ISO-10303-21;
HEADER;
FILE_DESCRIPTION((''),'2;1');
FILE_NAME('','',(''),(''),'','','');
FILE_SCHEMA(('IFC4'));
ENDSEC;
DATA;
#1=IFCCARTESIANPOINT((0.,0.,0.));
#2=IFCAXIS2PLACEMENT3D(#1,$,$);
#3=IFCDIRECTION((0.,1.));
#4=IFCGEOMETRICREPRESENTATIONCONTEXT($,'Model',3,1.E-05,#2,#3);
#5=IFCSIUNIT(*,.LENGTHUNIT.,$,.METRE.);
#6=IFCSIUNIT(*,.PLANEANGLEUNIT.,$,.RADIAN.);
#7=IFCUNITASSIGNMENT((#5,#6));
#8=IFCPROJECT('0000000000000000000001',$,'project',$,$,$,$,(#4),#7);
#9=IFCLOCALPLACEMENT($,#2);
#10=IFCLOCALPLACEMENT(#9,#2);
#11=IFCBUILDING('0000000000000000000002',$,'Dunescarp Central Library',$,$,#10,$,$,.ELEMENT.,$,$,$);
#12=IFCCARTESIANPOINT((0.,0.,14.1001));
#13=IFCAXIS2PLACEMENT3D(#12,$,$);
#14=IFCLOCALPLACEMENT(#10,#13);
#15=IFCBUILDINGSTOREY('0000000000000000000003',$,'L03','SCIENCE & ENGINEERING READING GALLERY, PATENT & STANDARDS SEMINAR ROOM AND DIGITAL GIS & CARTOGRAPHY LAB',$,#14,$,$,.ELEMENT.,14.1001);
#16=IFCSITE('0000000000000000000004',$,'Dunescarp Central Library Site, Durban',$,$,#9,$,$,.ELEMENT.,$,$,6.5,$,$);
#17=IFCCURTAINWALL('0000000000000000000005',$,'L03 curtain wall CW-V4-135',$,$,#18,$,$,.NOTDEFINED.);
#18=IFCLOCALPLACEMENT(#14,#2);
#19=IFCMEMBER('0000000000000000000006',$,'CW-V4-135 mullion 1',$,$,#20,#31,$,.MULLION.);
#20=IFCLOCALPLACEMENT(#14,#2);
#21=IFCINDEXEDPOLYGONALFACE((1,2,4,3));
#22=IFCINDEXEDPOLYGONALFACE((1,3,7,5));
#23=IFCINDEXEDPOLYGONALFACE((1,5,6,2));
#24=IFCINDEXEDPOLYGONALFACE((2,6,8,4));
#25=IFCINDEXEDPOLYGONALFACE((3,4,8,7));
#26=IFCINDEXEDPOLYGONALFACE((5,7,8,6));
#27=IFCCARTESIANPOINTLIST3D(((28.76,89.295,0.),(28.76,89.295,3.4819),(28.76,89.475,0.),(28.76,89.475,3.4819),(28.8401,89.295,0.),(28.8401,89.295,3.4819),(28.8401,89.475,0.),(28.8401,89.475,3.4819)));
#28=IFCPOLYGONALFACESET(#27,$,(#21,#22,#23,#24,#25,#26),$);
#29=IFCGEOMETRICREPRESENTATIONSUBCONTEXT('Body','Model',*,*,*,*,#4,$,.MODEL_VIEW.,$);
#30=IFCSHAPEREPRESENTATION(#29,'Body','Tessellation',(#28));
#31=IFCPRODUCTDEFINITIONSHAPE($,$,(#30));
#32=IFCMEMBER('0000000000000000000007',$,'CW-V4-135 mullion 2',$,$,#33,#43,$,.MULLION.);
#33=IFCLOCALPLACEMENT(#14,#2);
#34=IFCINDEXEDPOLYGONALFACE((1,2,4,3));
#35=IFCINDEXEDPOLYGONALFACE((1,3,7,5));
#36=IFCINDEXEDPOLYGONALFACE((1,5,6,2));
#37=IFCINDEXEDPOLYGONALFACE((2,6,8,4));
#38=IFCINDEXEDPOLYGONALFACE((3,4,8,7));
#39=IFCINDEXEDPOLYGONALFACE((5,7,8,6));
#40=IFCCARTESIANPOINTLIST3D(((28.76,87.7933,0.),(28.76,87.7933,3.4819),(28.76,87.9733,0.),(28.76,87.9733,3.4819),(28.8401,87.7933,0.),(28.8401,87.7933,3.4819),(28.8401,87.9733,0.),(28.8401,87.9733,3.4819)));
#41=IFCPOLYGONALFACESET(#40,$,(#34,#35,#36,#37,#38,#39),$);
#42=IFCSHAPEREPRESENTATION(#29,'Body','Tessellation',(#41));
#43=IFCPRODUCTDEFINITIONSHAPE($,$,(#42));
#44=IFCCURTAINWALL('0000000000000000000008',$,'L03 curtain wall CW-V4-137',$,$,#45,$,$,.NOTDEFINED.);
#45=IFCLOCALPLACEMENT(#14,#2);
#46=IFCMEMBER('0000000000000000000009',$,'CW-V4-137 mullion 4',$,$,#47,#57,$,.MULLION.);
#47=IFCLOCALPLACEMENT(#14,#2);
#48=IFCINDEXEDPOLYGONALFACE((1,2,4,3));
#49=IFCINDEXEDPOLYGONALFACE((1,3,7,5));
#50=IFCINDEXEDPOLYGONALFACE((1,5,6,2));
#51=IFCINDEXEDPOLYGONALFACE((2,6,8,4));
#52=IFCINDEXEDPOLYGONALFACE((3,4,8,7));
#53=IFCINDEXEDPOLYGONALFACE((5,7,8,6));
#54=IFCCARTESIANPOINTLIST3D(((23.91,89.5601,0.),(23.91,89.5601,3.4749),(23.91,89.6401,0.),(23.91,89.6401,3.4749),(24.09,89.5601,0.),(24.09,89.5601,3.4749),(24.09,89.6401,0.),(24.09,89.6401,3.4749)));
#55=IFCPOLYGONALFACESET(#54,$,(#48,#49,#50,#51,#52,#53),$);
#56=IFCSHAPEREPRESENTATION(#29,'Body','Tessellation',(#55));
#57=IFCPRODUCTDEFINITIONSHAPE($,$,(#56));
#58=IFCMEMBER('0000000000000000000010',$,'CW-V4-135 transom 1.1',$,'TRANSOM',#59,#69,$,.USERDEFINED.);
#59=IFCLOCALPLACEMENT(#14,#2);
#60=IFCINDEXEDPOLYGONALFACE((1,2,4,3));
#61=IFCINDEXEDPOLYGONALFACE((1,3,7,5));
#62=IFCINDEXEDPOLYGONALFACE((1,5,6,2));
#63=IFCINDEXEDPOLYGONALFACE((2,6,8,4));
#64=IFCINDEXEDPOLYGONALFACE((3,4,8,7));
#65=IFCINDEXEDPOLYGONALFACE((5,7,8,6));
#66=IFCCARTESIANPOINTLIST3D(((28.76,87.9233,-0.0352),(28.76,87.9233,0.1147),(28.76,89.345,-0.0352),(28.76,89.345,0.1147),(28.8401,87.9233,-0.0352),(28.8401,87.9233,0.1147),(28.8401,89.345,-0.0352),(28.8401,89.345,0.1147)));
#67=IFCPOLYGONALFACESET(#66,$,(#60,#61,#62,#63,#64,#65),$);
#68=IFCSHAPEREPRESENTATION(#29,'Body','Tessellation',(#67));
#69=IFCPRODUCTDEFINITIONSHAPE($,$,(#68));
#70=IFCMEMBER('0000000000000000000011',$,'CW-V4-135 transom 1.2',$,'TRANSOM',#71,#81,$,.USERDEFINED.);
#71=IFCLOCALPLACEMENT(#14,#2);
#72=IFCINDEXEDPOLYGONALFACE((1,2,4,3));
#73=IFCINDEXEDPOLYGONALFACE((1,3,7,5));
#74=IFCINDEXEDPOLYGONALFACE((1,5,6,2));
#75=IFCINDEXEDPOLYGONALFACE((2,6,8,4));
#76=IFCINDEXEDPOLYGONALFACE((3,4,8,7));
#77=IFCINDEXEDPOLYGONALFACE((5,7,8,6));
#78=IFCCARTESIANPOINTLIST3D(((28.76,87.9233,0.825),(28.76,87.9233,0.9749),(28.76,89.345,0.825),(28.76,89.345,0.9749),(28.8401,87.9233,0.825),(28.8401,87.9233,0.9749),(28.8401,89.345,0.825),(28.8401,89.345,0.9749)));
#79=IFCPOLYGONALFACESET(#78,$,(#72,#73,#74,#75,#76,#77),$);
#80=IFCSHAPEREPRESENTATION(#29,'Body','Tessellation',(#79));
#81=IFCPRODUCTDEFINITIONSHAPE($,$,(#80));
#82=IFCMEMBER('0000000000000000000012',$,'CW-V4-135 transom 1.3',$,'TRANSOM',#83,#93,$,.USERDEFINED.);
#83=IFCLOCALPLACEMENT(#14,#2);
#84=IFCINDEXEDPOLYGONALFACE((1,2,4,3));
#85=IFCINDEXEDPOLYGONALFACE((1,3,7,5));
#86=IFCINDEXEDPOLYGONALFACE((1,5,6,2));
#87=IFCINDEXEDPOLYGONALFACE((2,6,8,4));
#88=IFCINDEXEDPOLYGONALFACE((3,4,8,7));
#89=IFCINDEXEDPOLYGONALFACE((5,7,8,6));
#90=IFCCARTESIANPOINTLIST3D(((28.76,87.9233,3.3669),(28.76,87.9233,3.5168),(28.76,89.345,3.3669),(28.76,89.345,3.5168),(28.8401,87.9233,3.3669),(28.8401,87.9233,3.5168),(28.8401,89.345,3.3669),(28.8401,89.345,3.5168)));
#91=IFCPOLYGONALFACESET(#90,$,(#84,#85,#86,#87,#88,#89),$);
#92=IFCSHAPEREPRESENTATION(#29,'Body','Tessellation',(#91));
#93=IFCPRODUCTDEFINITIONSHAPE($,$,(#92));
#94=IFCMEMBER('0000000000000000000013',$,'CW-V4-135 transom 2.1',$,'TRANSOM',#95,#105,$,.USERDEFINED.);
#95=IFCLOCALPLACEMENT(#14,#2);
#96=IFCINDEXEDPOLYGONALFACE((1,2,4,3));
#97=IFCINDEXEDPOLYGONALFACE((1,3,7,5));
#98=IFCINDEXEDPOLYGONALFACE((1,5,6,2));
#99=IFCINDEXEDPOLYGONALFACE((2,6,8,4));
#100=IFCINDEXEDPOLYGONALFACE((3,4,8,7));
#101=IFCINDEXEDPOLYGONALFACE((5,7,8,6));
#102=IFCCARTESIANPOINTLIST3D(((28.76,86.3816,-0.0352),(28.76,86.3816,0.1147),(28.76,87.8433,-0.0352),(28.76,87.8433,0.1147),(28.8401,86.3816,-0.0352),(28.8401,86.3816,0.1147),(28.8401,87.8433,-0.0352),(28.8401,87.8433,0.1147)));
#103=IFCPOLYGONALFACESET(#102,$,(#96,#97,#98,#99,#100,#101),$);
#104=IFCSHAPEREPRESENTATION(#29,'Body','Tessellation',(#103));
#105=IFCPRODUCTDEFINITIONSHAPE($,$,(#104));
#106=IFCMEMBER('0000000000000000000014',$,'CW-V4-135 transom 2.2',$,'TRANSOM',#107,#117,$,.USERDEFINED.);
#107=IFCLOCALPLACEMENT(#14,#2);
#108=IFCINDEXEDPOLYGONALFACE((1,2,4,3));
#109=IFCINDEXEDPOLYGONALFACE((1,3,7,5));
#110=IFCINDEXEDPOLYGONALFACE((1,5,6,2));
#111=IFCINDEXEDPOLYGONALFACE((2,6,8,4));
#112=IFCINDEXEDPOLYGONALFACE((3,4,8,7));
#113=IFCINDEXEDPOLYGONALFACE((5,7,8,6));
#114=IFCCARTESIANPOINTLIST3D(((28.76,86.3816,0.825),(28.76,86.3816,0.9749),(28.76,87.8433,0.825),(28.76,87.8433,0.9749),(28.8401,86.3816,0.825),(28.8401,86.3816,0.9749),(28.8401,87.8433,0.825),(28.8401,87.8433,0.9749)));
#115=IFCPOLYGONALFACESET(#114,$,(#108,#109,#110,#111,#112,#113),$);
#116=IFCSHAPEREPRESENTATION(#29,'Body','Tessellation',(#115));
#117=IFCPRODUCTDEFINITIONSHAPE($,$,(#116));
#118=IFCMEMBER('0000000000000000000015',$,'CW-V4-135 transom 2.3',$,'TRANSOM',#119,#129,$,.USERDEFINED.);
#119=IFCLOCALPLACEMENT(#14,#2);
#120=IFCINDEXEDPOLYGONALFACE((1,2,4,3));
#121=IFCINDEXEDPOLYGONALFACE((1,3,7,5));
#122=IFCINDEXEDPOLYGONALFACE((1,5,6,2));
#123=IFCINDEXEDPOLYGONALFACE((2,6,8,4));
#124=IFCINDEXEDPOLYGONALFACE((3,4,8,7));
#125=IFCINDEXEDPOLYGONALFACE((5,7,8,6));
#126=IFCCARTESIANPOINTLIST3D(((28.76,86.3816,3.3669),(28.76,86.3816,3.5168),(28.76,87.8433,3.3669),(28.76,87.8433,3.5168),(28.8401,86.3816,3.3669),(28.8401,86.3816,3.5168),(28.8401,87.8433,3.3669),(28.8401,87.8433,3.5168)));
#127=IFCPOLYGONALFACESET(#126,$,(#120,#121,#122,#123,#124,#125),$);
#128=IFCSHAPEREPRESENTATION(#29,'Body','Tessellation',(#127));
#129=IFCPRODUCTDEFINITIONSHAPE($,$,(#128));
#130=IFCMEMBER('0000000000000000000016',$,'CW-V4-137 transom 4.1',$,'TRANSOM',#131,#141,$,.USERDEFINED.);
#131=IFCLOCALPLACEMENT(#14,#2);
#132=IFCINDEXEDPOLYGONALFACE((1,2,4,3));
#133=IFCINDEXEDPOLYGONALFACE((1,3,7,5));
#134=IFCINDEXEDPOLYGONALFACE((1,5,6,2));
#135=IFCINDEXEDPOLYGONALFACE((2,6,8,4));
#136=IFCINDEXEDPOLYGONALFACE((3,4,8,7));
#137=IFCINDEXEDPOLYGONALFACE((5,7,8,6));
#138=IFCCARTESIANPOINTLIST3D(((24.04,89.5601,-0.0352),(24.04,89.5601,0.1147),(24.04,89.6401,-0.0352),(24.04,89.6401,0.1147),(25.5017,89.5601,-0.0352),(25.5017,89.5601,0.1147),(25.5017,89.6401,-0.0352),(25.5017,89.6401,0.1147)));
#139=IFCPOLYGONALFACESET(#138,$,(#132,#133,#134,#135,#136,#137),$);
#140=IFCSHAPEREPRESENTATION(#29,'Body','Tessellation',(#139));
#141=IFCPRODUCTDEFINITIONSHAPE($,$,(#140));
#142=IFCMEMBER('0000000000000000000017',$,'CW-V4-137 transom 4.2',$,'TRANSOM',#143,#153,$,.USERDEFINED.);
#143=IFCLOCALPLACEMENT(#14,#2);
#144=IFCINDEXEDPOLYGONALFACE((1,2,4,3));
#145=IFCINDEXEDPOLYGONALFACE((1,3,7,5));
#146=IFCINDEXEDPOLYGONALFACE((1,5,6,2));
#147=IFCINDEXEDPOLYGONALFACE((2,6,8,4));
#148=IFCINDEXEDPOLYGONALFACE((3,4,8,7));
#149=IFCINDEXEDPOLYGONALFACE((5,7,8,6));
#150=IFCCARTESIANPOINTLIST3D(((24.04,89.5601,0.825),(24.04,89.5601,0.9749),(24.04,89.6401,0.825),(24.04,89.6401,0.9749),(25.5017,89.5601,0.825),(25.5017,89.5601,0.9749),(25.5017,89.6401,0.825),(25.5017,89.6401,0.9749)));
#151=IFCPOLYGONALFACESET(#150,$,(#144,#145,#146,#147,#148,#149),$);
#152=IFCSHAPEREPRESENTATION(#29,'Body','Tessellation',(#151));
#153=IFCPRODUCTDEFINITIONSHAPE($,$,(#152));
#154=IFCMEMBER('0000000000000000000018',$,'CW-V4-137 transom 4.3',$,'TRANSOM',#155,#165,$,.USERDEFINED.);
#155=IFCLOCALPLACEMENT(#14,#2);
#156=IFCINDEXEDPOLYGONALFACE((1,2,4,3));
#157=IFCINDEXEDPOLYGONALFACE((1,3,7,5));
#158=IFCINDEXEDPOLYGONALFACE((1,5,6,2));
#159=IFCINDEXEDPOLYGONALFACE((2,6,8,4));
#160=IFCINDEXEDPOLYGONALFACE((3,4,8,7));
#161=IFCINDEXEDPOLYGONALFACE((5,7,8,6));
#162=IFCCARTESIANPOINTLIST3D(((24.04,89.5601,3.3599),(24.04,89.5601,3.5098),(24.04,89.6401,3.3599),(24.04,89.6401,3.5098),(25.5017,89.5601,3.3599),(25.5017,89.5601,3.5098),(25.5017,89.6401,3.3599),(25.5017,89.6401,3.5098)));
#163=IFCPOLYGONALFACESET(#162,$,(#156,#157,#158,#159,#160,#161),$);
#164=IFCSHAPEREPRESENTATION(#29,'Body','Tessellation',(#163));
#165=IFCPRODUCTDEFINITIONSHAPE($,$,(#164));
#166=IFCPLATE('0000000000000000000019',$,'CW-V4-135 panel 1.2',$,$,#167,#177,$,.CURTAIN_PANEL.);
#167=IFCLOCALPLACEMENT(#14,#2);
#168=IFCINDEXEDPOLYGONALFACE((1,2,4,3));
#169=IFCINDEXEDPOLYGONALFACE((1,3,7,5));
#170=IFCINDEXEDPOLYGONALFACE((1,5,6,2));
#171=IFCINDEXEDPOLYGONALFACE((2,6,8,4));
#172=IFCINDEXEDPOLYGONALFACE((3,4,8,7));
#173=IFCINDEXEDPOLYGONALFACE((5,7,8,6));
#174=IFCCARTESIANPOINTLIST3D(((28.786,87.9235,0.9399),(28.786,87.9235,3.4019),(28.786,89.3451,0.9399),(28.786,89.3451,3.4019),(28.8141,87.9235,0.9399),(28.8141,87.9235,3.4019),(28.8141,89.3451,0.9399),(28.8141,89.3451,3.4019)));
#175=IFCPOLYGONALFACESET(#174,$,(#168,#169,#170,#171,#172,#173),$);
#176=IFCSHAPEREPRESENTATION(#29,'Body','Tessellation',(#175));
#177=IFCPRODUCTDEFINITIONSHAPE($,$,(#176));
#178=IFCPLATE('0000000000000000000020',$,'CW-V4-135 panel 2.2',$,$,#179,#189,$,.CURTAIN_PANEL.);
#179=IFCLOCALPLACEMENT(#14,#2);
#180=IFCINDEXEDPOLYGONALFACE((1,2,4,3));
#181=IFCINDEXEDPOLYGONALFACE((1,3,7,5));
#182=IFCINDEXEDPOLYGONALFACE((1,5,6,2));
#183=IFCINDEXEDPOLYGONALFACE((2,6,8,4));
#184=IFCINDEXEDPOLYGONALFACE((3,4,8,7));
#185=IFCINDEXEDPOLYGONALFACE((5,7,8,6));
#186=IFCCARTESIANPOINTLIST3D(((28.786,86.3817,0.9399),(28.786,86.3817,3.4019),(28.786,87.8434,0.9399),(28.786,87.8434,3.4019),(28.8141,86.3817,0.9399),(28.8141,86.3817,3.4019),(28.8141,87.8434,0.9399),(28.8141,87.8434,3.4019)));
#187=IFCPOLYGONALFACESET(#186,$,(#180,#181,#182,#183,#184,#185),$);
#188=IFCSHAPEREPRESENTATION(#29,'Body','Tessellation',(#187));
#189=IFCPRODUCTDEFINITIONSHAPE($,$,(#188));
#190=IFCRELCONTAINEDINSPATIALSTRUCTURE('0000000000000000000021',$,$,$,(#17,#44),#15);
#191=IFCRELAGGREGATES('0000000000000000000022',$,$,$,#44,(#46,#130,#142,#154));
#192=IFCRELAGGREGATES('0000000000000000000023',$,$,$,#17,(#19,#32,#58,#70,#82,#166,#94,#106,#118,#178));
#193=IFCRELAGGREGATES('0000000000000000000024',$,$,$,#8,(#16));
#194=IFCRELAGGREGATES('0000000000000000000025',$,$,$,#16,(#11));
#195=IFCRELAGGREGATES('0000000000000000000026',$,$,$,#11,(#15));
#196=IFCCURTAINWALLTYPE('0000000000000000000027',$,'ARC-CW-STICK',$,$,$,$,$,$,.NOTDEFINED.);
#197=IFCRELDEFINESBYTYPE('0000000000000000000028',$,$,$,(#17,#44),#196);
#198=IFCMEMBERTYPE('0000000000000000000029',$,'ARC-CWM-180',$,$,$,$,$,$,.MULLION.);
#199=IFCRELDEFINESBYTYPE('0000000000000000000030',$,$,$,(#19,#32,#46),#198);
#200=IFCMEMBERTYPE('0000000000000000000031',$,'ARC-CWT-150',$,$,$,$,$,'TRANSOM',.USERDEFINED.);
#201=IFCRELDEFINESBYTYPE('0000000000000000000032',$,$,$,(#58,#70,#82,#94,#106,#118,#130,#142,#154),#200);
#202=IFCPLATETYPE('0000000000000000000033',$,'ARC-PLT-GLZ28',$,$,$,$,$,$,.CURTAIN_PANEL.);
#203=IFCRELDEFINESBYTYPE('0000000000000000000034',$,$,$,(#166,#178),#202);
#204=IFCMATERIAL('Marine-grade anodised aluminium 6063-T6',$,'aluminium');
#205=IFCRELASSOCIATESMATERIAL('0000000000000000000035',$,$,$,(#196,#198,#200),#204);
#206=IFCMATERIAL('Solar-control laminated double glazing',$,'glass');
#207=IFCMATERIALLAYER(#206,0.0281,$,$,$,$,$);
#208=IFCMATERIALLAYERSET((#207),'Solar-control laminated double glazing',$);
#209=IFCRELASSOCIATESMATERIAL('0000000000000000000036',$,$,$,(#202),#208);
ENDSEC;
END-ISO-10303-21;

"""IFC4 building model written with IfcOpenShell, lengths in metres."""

from ifc_helpers import new_model, si_unit, direction, frame, origin, origin_2d, place, context, subcontext, project, spatial, rectangle, extrude, material, layer, layer_set, material_profile, profile_set, type_object, element, aggregate, save


model = new_model("IFC4")

# Units and contexts
model_context = context("Model", 3, precision=1e-05, world=origin(), true_north=direction((0.0, 1.0)))
body_context = subcontext(model_context, "Body", "Model", "MODEL_VIEW")
ifc_project = project(units=[si_unit("LENGTHUNIT", "METRE"), si_unit("PLANEANGLEUNIT", "RADIAN")], contexts=[model_context])

# Site, building, storey
site_placement = place(None, origin())
site = spatial("IfcSite", under=ifc_project, at=site_placement, Name="Dunescarp Central Library Site, Durban", CompositionType="ELEMENT", RefElevation=6.5)
building_placement = place(site_placement, origin())
building = spatial("IfcBuilding", under=site, at=building_placement, Name="Dunescarp Central Library", CompositionType="ELEMENT")
storey_placement = place(building_placement, frame((0.0, 0.0, 14.1001)))
storey = spatial("IfcBuildingStorey", under=building, at=storey_placement, Name="L03", Description="SCIENCE & ENGINEERING READING GALLERY, PATENT & STANDARDS SEMINAR ROOM AND DIGITAL GIS & CARTOGRAPHY LAB", CompositionType="ELEMENT", Elevation=14.1001)

# Curtain wall, members
ifc_material_1 = material(Name="Marine-grade anodised aluminium 6063-T6", Category="aluminium")
curtain_wall_type = type_object("IfcCurtainWallType", Name="ARC-CW-STICK", PredefinedType="NOTDEFINED", material=ifc_material_1)
curtain_wall_1_placement = place(storey_placement, origin())
curtain_wall_1 = element("IfcCurtainWall", 1, at=curtain_wall_1_placement, inside=storey, type_object=curtain_wall_type, Name="L03 curtain wall CW-V4-135", PredefinedType="NOTDEFINED")
ifc_material_profile_1 = material_profile(ifc_material_1, rectangle(XDim=0.0801, YDim=0.1799, at=origin_2d()), Name="AL 80x180")
ifc_profile_set_1 = profile_set([ifc_material_profile_1], Name="Marine-grade anodised aluminium 6063-T6")
member_type_1 = type_object("IfcMemberType", Name="ARC-CWM-180", PredefinedType="MULLION", material=ifc_profile_set_1)
member_1_placement = place(storey_placement, frame((28.8, 89.385, 0.0), z_axis=(0.0, 0.0, 1.0), x_axis=(1.0, 0.0, 0.0)))
member_1 = element("IfcMember", 2, at=member_1_placement, type_object=member_type_1, Name="CW-V4-135 mullion 1", PredefinedType="MULLION", context=body_context, shape_type="SweptSolid", body=[
    extrude(rectangle(XDim=0.0801, YDim=0.1799, at=origin_2d()), origin(), (0.0, 0.0, 1.0), 3.4819),
])
member_2_placement = place(storey_placement, frame((28.8, 87.8833, 0.0), z_axis=(0.0, 0.0, 1.0), x_axis=(1.0, 0.0, 0.0)))
member_2 = element("IfcMember", 3, at=member_2_placement, type_object=member_type_1, Name="CW-V4-135 mullion 2", PredefinedType="MULLION", context=body_context, shape_type="SweptSolid", body=[
    extrude(rectangle(XDim=0.0801, YDim=0.1799, at=origin_2d()), origin(), (0.0, 0.0, 1.0), 3.4819),
])

# Curtain wall, member
curtain_wall_2_placement = place(storey_placement, origin())
curtain_wall_2 = element("IfcCurtainWall", 4, at=curtain_wall_2_placement, inside=storey, type_object=curtain_wall_type, Name="L03 curtain wall CW-V4-137", PredefinedType="NOTDEFINED")
member_3_placement = place(storey_placement, frame((24.0, 89.6001, 0.0), z_axis=(0.0, 0.0, 1.0), x_axis=(0.0, 1.0, 0.0)))
member_3 = element("IfcMember", 5, at=member_3_placement, type_object=member_type_1, Name="CW-V4-137 mullion 4", PredefinedType="MULLION", context=body_context, shape_type="SweptSolid", body=[
    extrude(rectangle(XDim=0.0801, YDim=0.1799, at=origin_2d()), origin(), (0.0, 0.0, 1.0), 3.4749),
])

# Members
ifc_material_profile_2 = material_profile(ifc_material_1, rectangle(XDim=0.0801, YDim=0.1499, at=origin_2d()), Name="AL 80x150")
ifc_profile_set_2 = profile_set([ifc_material_profile_2], Name="Marine-grade anodised aluminium 6063-T6")
member_type_2 = type_object("IfcMemberType", Name="ARC-CWT-150", ElementType="TRANSOM", PredefinedType="USERDEFINED", material=ifc_profile_set_2)
member_4_placement = place(storey_placement, frame((28.8, 89.345, 0.0398), z_axis=(0.0, -1.0, 0.0), x_axis=(1.0, 0.0, 0.0)))
member_4 = element("IfcMember", 6, at=member_4_placement, type_object=member_type_2, Name="CW-V4-135 transom 1.1", ObjectType="TRANSOM", PredefinedType="USERDEFINED", context=body_context, shape_type="SweptSolid", body=[
    extrude(rectangle(XDim=0.0801, YDim=0.1499, at=origin_2d()), origin(), (0.0, 0.0, 1.0), 1.4216),
])
member_5_placement = place(storey_placement, frame((28.8, 89.345, 0.8999), z_axis=(0.0, -1.0, 0.0), x_axis=(1.0, 0.0, 0.0)))
member_5 = element("IfcMember", 7, at=member_5_placement, type_object=member_type_2, Name="CW-V4-135 transom 1.2", ObjectType="TRANSOM", PredefinedType="USERDEFINED", context=body_context, shape_type="SweptSolid", body=[
    extrude(rectangle(XDim=0.0801, YDim=0.1499, at=origin_2d()), origin(), (0.0, 0.0, 1.0), 1.4216),
])
member_6_placement = place(storey_placement, frame((28.8, 89.345, 3.4419), z_axis=(0.0, -1.0, 0.0), x_axis=(1.0, 0.0, 0.0)))
member_6 = element("IfcMember", 8, at=member_6_placement, type_object=member_type_2, Name="CW-V4-135 transom 1.3", ObjectType="TRANSOM", PredefinedType="USERDEFINED", context=body_context, shape_type="SweptSolid", body=[
    extrude(rectangle(XDim=0.0801, YDim=0.1499, at=origin_2d()), origin(), (0.0, 0.0, 1.0), 1.4216),
])
member_7_placement = place(storey_placement, frame((28.8, 87.8433, 0.0398), z_axis=(0.0, -1.0, 0.0), x_axis=(1.0, 0.0, 0.0)))
member_7 = element("IfcMember", 9, at=member_7_placement, type_object=member_type_2, Name="CW-V4-135 transom 2.1", ObjectType="TRANSOM", PredefinedType="USERDEFINED", context=body_context, shape_type="SweptSolid", body=[
    extrude(rectangle(XDim=0.0801, YDim=0.1499, at=origin_2d()), origin(), (0.0, 0.0, 1.0), 1.4617),
])
member_8_placement = place(storey_placement, frame((28.8, 87.8433, 0.8999), z_axis=(0.0, -1.0, 0.0), x_axis=(1.0, 0.0, 0.0)))
member_8 = element("IfcMember", 10, at=member_8_placement, type_object=member_type_2, Name="CW-V4-135 transom 2.2", ObjectType="TRANSOM", PredefinedType="USERDEFINED", context=body_context, shape_type="SweptSolid", body=[
    extrude(rectangle(XDim=0.0801, YDim=0.1499, at=origin_2d()), origin(), (0.0, 0.0, 1.0), 1.4617),
])
member_9_placement = place(storey_placement, frame((28.8, 87.8433, 3.4419), z_axis=(0.0, -1.0, 0.0), x_axis=(1.0, 0.0, 0.0)))
member_9 = element("IfcMember", 11, at=member_9_placement, type_object=member_type_2, Name="CW-V4-135 transom 2.3", ObjectType="TRANSOM", PredefinedType="USERDEFINED", context=body_context, shape_type="SweptSolid", body=[
    extrude(rectangle(XDim=0.0801, YDim=0.1499, at=origin_2d()), origin(), (0.0, 0.0, 1.0), 1.4617),
])
member_10_placement = place(storey_placement, frame((24.04, 89.6001, 0.0398), z_axis=(1.0, 0.0, 0.0), x_axis=(0.0, 1.0, 0.0)))
member_10 = element("IfcMember", 12, at=member_10_placement, type_object=member_type_2, Name="CW-V4-137 transom 4.1", ObjectType="TRANSOM", PredefinedType="USERDEFINED", context=body_context, shape_type="SweptSolid", body=[
    extrude(rectangle(XDim=0.0801, YDim=0.1499, at=origin_2d()), origin(), (0.0, 0.0, 1.0), 1.4617),
])
member_11_placement = place(storey_placement, frame((24.04, 89.6001, 0.8999), z_axis=(1.0, 0.0, 0.0), x_axis=(0.0, 1.0, 0.0)))
member_11 = element("IfcMember", 13, at=member_11_placement, type_object=member_type_2, Name="CW-V4-137 transom 4.2", ObjectType="TRANSOM", PredefinedType="USERDEFINED", context=body_context, shape_type="SweptSolid", body=[
    extrude(rectangle(XDim=0.0801, YDim=0.1499, at=origin_2d()), origin(), (0.0, 0.0, 1.0), 1.4617),
])
member_12_placement = place(storey_placement, frame((24.04, 89.6001, 3.4348), z_axis=(1.0, 0.0, 0.0), x_axis=(0.0, 1.0, 0.0)))
member_12 = element("IfcMember", 14, at=member_12_placement, type_object=member_type_2, Name="CW-V4-137 transom 4.3", ObjectType="TRANSOM", PredefinedType="USERDEFINED", context=body_context, shape_type="SweptSolid", body=[
    extrude(rectangle(XDim=0.0801, YDim=0.1499, at=origin_2d()), origin(), (0.0, 0.0, 1.0), 1.4617),
])

# Plates
ifc_material_2 = material(Name="Solar-control laminated double glazing", Category="glass")
ifc_layer_1 = layer(ifc_material_2, 0.0281)
ifc_layer_set_1 = layer_set([ifc_layer_1], Name="Solar-control laminated double glazing")
plate_type_1 = type_object("IfcPlateType", Name="ARC-PLT-GLZ28", PredefinedType="CURTAIN_PANEL", material=ifc_layer_set_1)
plate_1_placement = place(storey_placement, frame((28.8, 88.6343, 0.9399), z_axis=(0.0, 0.0, 1.0), x_axis=(0.0, -1.0, 0.0)))
plate_1 = element("IfcPlate", 15, at=plate_1_placement, type_object=plate_type_1, Name="CW-V4-135 panel 1.2", PredefinedType="CURTAIN_PANEL", context=body_context, shape_type="SweptSolid", body=[
    extrude(rectangle(XDim=1.4216, YDim=0.0281, at=origin_2d()), origin(), (0.0, 0.0, 1.0), 2.4619),
])
plate_2_placement = place(storey_placement, frame((28.8, 87.1125, 0.9399), z_axis=(0.0, 0.0, 1.0), x_axis=(0.0, -1.0, 0.0)))
plate_2 = element("IfcPlate", 16, at=plate_2_placement, type_object=plate_type_1, Name="CW-V4-135 panel 2.2", PredefinedType="CURTAIN_PANEL", context=body_context, shape_type="SweptSolid", body=[
    extrude(rectangle(XDim=1.4617, YDim=0.0281, at=origin_2d()), origin(), (0.0, 0.0, 1.0), 2.4619),
])
aggregate(curtain_wall_2, [member_3, member_10, member_11, member_12])
aggregate(curtain_wall_1, [member_1, member_2, member_4, member_5, member_6, plate_1, member_7, member_8, member_9, plate_2])

save(model, "model.ifc")
